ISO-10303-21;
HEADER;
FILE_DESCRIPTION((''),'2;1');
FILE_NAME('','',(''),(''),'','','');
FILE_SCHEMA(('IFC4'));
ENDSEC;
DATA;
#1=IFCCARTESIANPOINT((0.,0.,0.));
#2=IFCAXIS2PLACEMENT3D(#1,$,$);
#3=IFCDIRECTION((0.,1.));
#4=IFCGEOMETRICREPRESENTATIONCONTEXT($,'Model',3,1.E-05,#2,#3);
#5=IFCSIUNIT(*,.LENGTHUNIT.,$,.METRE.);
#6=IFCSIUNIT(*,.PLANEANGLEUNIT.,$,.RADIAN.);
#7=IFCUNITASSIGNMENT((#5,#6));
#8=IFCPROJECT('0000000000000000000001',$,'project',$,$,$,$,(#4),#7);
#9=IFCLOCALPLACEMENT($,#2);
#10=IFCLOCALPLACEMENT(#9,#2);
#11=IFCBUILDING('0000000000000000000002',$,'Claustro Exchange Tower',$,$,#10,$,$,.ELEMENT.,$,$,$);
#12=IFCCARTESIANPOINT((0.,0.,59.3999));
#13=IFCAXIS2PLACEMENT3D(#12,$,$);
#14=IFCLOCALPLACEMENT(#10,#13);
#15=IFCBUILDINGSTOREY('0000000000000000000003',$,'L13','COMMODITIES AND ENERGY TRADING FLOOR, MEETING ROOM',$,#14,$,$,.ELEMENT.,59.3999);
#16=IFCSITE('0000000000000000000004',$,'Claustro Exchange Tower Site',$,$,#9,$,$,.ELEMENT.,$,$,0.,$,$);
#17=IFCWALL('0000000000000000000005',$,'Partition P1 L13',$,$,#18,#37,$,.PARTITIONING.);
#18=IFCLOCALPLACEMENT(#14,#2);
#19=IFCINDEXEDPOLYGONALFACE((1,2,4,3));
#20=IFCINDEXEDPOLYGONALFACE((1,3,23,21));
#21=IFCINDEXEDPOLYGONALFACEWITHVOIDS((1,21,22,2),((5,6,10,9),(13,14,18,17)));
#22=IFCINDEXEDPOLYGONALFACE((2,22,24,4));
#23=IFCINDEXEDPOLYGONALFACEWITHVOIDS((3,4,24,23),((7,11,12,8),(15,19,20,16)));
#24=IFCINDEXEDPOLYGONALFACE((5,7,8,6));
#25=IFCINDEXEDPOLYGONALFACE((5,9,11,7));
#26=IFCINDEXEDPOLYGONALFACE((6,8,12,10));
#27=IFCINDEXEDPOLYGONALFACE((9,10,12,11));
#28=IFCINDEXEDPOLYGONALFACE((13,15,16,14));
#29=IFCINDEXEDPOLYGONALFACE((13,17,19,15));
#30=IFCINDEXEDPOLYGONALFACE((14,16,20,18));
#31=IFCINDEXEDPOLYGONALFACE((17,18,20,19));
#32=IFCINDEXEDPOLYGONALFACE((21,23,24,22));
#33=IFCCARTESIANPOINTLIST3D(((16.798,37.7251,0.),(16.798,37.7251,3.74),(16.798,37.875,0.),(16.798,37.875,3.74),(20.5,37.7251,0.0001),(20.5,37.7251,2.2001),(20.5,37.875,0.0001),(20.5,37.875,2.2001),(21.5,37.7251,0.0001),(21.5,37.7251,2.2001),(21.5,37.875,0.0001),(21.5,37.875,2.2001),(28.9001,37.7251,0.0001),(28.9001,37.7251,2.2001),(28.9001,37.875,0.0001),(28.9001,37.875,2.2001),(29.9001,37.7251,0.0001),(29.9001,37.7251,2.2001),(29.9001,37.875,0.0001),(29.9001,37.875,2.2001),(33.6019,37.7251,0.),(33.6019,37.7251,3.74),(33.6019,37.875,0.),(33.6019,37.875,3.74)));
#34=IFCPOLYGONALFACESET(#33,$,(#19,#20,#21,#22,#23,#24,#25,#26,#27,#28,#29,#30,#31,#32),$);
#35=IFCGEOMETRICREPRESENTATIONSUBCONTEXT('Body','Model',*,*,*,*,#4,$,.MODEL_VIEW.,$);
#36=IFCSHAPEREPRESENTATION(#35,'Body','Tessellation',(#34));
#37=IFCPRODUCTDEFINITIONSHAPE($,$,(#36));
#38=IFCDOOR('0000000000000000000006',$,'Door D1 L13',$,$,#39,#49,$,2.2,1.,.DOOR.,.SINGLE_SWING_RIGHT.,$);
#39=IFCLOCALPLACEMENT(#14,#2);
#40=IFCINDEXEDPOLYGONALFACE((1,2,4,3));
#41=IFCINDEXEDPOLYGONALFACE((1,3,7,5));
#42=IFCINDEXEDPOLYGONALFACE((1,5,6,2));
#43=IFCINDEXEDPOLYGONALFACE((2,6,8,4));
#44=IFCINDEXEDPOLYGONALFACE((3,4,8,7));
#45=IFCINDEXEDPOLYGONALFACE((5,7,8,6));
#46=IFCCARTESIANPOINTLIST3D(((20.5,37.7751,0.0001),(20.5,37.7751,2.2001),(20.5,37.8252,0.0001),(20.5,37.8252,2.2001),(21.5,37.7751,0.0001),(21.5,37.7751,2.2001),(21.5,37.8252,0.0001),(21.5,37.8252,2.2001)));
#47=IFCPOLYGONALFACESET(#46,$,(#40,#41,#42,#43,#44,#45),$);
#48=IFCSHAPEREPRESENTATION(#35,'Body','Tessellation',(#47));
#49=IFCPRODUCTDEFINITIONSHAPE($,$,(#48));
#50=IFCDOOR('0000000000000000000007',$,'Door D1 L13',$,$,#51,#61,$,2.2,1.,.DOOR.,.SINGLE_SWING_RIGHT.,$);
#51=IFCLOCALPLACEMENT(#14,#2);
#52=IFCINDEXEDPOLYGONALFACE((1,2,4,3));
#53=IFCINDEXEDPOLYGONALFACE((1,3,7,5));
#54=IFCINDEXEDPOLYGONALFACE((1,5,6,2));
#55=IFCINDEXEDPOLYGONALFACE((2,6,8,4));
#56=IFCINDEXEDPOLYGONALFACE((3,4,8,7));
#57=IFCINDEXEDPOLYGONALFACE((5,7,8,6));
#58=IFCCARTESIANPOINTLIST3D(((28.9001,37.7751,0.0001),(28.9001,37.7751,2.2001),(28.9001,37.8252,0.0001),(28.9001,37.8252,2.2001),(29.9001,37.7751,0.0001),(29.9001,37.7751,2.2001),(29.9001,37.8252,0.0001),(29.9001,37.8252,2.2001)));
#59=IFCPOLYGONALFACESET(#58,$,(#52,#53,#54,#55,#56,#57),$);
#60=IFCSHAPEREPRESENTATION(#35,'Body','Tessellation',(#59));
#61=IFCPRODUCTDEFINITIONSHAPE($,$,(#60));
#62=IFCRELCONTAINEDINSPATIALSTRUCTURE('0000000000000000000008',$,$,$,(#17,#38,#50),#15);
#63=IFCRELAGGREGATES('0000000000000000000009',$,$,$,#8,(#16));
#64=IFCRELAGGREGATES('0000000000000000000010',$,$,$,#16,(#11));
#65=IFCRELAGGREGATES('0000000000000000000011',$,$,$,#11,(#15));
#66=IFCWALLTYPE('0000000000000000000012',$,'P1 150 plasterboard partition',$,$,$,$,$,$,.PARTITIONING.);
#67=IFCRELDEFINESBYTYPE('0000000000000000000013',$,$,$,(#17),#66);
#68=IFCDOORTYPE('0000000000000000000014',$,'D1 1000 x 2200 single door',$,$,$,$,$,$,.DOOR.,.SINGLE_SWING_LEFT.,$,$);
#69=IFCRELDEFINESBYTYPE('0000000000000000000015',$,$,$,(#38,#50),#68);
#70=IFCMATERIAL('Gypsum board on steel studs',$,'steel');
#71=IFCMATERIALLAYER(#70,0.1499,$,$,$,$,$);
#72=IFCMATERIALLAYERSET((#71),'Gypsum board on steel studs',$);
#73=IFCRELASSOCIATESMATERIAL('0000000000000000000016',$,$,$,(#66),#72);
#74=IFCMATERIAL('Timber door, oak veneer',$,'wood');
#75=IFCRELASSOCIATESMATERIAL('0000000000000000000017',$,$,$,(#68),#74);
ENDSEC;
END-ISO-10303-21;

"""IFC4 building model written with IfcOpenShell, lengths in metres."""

from ifc_helpers import new_model, si_unit, direction, frame, frame_2d, origin, place, context, subcontext, project, spatial, rectangle, extrude, material, layer, layer_set, type_object, element, fill, save


model = new_model("IFC4")

# Units and contexts
model_context = context("Model", 3, precision=1e-05, world=origin(), true_north=direction((0.0, 1.0)))
body_context = subcontext(model_context, "Body", "Model", "MODEL_VIEW")
ifc_project = project(units=[si_unit("LENGTHUNIT", "METRE"), si_unit("PLANEANGLEUNIT", "RADIAN")], contexts=[model_context])

# Site, building, storey
site_placement = place(None, origin())
site = spatial("IfcSite", under=ifc_project, at=site_placement, Name="Claustro Exchange Tower Site", CompositionType="ELEMENT", RefElevation=0.0)
building_placement = place(site_placement, origin())
building = spatial("IfcBuilding", under=site, at=building_placement, Name="Claustro Exchange Tower", CompositionType="ELEMENT")
storey_placement = place(building_placement, frame((0.0, 0.0, 59.3999)))
storey = spatial("IfcBuildingStorey", under=building, at=storey_placement, Name="L13", Description="COMMODITIES AND ENERGY TRADING FLOOR, MEETING ROOM", CompositionType="ELEMENT", Elevation=59.3999)

# Shared definitions
ifc_material_1 = material(Name="Gypsum board on steel studs", Category="steel")
ifc_layer = layer(ifc_material_1, 0.1499)
ifc_layer_set = layer_set([ifc_layer], Name="Gypsum board on steel studs")
wall_type = type_object("IfcWallType", Name="P1 150 plasterboard partition", PredefinedType="PARTITIONING", material=ifc_layer_set)

# Shared definitions
ifc_material_2 = material(Name="Timber door, oak veneer", Category="wood")
door_type_1 = type_object("IfcDoorType", Name="D1 1000 x 2200 single door", OperationType="SINGLE_SWING_LEFT", PredefinedType="DOOR", material=ifc_material_2)

# Wall, openings, doors
wall_1_placement = place(storey_placement, frame((16.7981, 37.8, 0.0), z_axis=(0.0, 0.0, 1.0), x_axis=(1.0, 0.0, 0.0)))
wall_1 = element("IfcWall", 1, at=wall_1_placement, inside=storey, type_object=wall_type, Name="Partition P1 L13", PredefinedType="PARTITIONING", context=body_context, shape_type="SweptSolid", body=[
    extrude(rectangle(XDim=16.804, YDim=0.1499, at=frame_2d((8.4019, 0.0))), origin(), (0.0, 0.0, 1.0), 3.74),
])
opening_1_placement = place(wall_1_placement, frame((3.7019, 0.0, 0.0)))
opening_1 = element("IfcOpeningElement", 2, at=opening_1_placement, cuts=wall_1, PredefinedType="OPENING", context=body_context, shape_type="SweptSolid", body=[
    extrude(rectangle(XDim=1.0, YDim=2.2, at=frame_2d((0.5, 1.1001))), frame((0.0, 0.085, 0.0), z_axis=(0.0, -1.0, 0.0), x_axis=(1.0, 0.0, 0.0)), (0.0, 0.0, 1.0), 0.1699),
])
opening_2_placement = place(wall_1_placement, frame((12.1021, 0.0, 0.0)))
opening_2 = element("IfcOpeningElement", 3, at=opening_2_placement, cuts=wall_1, PredefinedType="OPENING", context=body_context, shape_type="SweptSolid", body=[
    extrude(rectangle(XDim=1.0, YDim=2.2, at=frame_2d((0.5, 1.1001))), frame((0.0, 0.085, 0.0), z_axis=(0.0, -1.0, 0.0), x_axis=(1.0, 0.0, 0.0)), (0.0, 0.0, 1.0), 0.1699),
])
door_1_placement = place(opening_1_placement, frame((1.0, 0.0, 0.0), z_axis=(0.0, 0.0, 1.0), x_axis=(-1.0, 0.0, 0.0)))
door_1 = element("IfcDoor", 4, at=door_1_placement, inside=storey, type_object=door_type_1, Name="Door D1 L13", OperationType="SINGLE_SWING_RIGHT", OverallHeight=2.2, OverallWidth=1.0, PredefinedType="DOOR", context=body_context, shape_type="SweptSolid", body=[
    extrude(rectangle(XDim=1.0, YDim=2.2, at=frame_2d((0.5, 1.1001))), frame((0.0, 0.0249, 0.0), z_axis=(0.0, -1.0, 0.0), x_axis=(1.0, 0.0, 0.0)), (0.0, 0.0, 1.0), 0.05),
])
fill(opening_1, door_1)
door_2_placement = place(opening_2_placement, frame((1.0, 0.0, 0.0), z_axis=(0.0, 0.0, 1.0), x_axis=(-1.0, 0.0, 0.0)))
door_2 = element("IfcDoor", 5, at=door_2_placement, inside=storey, type_object=door_type_1, Name="Door D1 L13", OperationType="SINGLE_SWING_RIGHT", OverallHeight=2.2, OverallWidth=1.0, PredefinedType="DOOR", context=body_context, shape_type="SweptSolid", body=[
    extrude(rectangle(XDim=1.0, YDim=2.2, at=frame_2d((0.5, 1.1001))), frame((0.0, 0.0249, 0.0), z_axis=(0.0, -1.0, 0.0), x_axis=(1.0, 0.0, 0.0)), (0.0, 0.0, 1.0), 0.05),
])
fill(opening_2, door_2)

save(model, "model.ifc")
